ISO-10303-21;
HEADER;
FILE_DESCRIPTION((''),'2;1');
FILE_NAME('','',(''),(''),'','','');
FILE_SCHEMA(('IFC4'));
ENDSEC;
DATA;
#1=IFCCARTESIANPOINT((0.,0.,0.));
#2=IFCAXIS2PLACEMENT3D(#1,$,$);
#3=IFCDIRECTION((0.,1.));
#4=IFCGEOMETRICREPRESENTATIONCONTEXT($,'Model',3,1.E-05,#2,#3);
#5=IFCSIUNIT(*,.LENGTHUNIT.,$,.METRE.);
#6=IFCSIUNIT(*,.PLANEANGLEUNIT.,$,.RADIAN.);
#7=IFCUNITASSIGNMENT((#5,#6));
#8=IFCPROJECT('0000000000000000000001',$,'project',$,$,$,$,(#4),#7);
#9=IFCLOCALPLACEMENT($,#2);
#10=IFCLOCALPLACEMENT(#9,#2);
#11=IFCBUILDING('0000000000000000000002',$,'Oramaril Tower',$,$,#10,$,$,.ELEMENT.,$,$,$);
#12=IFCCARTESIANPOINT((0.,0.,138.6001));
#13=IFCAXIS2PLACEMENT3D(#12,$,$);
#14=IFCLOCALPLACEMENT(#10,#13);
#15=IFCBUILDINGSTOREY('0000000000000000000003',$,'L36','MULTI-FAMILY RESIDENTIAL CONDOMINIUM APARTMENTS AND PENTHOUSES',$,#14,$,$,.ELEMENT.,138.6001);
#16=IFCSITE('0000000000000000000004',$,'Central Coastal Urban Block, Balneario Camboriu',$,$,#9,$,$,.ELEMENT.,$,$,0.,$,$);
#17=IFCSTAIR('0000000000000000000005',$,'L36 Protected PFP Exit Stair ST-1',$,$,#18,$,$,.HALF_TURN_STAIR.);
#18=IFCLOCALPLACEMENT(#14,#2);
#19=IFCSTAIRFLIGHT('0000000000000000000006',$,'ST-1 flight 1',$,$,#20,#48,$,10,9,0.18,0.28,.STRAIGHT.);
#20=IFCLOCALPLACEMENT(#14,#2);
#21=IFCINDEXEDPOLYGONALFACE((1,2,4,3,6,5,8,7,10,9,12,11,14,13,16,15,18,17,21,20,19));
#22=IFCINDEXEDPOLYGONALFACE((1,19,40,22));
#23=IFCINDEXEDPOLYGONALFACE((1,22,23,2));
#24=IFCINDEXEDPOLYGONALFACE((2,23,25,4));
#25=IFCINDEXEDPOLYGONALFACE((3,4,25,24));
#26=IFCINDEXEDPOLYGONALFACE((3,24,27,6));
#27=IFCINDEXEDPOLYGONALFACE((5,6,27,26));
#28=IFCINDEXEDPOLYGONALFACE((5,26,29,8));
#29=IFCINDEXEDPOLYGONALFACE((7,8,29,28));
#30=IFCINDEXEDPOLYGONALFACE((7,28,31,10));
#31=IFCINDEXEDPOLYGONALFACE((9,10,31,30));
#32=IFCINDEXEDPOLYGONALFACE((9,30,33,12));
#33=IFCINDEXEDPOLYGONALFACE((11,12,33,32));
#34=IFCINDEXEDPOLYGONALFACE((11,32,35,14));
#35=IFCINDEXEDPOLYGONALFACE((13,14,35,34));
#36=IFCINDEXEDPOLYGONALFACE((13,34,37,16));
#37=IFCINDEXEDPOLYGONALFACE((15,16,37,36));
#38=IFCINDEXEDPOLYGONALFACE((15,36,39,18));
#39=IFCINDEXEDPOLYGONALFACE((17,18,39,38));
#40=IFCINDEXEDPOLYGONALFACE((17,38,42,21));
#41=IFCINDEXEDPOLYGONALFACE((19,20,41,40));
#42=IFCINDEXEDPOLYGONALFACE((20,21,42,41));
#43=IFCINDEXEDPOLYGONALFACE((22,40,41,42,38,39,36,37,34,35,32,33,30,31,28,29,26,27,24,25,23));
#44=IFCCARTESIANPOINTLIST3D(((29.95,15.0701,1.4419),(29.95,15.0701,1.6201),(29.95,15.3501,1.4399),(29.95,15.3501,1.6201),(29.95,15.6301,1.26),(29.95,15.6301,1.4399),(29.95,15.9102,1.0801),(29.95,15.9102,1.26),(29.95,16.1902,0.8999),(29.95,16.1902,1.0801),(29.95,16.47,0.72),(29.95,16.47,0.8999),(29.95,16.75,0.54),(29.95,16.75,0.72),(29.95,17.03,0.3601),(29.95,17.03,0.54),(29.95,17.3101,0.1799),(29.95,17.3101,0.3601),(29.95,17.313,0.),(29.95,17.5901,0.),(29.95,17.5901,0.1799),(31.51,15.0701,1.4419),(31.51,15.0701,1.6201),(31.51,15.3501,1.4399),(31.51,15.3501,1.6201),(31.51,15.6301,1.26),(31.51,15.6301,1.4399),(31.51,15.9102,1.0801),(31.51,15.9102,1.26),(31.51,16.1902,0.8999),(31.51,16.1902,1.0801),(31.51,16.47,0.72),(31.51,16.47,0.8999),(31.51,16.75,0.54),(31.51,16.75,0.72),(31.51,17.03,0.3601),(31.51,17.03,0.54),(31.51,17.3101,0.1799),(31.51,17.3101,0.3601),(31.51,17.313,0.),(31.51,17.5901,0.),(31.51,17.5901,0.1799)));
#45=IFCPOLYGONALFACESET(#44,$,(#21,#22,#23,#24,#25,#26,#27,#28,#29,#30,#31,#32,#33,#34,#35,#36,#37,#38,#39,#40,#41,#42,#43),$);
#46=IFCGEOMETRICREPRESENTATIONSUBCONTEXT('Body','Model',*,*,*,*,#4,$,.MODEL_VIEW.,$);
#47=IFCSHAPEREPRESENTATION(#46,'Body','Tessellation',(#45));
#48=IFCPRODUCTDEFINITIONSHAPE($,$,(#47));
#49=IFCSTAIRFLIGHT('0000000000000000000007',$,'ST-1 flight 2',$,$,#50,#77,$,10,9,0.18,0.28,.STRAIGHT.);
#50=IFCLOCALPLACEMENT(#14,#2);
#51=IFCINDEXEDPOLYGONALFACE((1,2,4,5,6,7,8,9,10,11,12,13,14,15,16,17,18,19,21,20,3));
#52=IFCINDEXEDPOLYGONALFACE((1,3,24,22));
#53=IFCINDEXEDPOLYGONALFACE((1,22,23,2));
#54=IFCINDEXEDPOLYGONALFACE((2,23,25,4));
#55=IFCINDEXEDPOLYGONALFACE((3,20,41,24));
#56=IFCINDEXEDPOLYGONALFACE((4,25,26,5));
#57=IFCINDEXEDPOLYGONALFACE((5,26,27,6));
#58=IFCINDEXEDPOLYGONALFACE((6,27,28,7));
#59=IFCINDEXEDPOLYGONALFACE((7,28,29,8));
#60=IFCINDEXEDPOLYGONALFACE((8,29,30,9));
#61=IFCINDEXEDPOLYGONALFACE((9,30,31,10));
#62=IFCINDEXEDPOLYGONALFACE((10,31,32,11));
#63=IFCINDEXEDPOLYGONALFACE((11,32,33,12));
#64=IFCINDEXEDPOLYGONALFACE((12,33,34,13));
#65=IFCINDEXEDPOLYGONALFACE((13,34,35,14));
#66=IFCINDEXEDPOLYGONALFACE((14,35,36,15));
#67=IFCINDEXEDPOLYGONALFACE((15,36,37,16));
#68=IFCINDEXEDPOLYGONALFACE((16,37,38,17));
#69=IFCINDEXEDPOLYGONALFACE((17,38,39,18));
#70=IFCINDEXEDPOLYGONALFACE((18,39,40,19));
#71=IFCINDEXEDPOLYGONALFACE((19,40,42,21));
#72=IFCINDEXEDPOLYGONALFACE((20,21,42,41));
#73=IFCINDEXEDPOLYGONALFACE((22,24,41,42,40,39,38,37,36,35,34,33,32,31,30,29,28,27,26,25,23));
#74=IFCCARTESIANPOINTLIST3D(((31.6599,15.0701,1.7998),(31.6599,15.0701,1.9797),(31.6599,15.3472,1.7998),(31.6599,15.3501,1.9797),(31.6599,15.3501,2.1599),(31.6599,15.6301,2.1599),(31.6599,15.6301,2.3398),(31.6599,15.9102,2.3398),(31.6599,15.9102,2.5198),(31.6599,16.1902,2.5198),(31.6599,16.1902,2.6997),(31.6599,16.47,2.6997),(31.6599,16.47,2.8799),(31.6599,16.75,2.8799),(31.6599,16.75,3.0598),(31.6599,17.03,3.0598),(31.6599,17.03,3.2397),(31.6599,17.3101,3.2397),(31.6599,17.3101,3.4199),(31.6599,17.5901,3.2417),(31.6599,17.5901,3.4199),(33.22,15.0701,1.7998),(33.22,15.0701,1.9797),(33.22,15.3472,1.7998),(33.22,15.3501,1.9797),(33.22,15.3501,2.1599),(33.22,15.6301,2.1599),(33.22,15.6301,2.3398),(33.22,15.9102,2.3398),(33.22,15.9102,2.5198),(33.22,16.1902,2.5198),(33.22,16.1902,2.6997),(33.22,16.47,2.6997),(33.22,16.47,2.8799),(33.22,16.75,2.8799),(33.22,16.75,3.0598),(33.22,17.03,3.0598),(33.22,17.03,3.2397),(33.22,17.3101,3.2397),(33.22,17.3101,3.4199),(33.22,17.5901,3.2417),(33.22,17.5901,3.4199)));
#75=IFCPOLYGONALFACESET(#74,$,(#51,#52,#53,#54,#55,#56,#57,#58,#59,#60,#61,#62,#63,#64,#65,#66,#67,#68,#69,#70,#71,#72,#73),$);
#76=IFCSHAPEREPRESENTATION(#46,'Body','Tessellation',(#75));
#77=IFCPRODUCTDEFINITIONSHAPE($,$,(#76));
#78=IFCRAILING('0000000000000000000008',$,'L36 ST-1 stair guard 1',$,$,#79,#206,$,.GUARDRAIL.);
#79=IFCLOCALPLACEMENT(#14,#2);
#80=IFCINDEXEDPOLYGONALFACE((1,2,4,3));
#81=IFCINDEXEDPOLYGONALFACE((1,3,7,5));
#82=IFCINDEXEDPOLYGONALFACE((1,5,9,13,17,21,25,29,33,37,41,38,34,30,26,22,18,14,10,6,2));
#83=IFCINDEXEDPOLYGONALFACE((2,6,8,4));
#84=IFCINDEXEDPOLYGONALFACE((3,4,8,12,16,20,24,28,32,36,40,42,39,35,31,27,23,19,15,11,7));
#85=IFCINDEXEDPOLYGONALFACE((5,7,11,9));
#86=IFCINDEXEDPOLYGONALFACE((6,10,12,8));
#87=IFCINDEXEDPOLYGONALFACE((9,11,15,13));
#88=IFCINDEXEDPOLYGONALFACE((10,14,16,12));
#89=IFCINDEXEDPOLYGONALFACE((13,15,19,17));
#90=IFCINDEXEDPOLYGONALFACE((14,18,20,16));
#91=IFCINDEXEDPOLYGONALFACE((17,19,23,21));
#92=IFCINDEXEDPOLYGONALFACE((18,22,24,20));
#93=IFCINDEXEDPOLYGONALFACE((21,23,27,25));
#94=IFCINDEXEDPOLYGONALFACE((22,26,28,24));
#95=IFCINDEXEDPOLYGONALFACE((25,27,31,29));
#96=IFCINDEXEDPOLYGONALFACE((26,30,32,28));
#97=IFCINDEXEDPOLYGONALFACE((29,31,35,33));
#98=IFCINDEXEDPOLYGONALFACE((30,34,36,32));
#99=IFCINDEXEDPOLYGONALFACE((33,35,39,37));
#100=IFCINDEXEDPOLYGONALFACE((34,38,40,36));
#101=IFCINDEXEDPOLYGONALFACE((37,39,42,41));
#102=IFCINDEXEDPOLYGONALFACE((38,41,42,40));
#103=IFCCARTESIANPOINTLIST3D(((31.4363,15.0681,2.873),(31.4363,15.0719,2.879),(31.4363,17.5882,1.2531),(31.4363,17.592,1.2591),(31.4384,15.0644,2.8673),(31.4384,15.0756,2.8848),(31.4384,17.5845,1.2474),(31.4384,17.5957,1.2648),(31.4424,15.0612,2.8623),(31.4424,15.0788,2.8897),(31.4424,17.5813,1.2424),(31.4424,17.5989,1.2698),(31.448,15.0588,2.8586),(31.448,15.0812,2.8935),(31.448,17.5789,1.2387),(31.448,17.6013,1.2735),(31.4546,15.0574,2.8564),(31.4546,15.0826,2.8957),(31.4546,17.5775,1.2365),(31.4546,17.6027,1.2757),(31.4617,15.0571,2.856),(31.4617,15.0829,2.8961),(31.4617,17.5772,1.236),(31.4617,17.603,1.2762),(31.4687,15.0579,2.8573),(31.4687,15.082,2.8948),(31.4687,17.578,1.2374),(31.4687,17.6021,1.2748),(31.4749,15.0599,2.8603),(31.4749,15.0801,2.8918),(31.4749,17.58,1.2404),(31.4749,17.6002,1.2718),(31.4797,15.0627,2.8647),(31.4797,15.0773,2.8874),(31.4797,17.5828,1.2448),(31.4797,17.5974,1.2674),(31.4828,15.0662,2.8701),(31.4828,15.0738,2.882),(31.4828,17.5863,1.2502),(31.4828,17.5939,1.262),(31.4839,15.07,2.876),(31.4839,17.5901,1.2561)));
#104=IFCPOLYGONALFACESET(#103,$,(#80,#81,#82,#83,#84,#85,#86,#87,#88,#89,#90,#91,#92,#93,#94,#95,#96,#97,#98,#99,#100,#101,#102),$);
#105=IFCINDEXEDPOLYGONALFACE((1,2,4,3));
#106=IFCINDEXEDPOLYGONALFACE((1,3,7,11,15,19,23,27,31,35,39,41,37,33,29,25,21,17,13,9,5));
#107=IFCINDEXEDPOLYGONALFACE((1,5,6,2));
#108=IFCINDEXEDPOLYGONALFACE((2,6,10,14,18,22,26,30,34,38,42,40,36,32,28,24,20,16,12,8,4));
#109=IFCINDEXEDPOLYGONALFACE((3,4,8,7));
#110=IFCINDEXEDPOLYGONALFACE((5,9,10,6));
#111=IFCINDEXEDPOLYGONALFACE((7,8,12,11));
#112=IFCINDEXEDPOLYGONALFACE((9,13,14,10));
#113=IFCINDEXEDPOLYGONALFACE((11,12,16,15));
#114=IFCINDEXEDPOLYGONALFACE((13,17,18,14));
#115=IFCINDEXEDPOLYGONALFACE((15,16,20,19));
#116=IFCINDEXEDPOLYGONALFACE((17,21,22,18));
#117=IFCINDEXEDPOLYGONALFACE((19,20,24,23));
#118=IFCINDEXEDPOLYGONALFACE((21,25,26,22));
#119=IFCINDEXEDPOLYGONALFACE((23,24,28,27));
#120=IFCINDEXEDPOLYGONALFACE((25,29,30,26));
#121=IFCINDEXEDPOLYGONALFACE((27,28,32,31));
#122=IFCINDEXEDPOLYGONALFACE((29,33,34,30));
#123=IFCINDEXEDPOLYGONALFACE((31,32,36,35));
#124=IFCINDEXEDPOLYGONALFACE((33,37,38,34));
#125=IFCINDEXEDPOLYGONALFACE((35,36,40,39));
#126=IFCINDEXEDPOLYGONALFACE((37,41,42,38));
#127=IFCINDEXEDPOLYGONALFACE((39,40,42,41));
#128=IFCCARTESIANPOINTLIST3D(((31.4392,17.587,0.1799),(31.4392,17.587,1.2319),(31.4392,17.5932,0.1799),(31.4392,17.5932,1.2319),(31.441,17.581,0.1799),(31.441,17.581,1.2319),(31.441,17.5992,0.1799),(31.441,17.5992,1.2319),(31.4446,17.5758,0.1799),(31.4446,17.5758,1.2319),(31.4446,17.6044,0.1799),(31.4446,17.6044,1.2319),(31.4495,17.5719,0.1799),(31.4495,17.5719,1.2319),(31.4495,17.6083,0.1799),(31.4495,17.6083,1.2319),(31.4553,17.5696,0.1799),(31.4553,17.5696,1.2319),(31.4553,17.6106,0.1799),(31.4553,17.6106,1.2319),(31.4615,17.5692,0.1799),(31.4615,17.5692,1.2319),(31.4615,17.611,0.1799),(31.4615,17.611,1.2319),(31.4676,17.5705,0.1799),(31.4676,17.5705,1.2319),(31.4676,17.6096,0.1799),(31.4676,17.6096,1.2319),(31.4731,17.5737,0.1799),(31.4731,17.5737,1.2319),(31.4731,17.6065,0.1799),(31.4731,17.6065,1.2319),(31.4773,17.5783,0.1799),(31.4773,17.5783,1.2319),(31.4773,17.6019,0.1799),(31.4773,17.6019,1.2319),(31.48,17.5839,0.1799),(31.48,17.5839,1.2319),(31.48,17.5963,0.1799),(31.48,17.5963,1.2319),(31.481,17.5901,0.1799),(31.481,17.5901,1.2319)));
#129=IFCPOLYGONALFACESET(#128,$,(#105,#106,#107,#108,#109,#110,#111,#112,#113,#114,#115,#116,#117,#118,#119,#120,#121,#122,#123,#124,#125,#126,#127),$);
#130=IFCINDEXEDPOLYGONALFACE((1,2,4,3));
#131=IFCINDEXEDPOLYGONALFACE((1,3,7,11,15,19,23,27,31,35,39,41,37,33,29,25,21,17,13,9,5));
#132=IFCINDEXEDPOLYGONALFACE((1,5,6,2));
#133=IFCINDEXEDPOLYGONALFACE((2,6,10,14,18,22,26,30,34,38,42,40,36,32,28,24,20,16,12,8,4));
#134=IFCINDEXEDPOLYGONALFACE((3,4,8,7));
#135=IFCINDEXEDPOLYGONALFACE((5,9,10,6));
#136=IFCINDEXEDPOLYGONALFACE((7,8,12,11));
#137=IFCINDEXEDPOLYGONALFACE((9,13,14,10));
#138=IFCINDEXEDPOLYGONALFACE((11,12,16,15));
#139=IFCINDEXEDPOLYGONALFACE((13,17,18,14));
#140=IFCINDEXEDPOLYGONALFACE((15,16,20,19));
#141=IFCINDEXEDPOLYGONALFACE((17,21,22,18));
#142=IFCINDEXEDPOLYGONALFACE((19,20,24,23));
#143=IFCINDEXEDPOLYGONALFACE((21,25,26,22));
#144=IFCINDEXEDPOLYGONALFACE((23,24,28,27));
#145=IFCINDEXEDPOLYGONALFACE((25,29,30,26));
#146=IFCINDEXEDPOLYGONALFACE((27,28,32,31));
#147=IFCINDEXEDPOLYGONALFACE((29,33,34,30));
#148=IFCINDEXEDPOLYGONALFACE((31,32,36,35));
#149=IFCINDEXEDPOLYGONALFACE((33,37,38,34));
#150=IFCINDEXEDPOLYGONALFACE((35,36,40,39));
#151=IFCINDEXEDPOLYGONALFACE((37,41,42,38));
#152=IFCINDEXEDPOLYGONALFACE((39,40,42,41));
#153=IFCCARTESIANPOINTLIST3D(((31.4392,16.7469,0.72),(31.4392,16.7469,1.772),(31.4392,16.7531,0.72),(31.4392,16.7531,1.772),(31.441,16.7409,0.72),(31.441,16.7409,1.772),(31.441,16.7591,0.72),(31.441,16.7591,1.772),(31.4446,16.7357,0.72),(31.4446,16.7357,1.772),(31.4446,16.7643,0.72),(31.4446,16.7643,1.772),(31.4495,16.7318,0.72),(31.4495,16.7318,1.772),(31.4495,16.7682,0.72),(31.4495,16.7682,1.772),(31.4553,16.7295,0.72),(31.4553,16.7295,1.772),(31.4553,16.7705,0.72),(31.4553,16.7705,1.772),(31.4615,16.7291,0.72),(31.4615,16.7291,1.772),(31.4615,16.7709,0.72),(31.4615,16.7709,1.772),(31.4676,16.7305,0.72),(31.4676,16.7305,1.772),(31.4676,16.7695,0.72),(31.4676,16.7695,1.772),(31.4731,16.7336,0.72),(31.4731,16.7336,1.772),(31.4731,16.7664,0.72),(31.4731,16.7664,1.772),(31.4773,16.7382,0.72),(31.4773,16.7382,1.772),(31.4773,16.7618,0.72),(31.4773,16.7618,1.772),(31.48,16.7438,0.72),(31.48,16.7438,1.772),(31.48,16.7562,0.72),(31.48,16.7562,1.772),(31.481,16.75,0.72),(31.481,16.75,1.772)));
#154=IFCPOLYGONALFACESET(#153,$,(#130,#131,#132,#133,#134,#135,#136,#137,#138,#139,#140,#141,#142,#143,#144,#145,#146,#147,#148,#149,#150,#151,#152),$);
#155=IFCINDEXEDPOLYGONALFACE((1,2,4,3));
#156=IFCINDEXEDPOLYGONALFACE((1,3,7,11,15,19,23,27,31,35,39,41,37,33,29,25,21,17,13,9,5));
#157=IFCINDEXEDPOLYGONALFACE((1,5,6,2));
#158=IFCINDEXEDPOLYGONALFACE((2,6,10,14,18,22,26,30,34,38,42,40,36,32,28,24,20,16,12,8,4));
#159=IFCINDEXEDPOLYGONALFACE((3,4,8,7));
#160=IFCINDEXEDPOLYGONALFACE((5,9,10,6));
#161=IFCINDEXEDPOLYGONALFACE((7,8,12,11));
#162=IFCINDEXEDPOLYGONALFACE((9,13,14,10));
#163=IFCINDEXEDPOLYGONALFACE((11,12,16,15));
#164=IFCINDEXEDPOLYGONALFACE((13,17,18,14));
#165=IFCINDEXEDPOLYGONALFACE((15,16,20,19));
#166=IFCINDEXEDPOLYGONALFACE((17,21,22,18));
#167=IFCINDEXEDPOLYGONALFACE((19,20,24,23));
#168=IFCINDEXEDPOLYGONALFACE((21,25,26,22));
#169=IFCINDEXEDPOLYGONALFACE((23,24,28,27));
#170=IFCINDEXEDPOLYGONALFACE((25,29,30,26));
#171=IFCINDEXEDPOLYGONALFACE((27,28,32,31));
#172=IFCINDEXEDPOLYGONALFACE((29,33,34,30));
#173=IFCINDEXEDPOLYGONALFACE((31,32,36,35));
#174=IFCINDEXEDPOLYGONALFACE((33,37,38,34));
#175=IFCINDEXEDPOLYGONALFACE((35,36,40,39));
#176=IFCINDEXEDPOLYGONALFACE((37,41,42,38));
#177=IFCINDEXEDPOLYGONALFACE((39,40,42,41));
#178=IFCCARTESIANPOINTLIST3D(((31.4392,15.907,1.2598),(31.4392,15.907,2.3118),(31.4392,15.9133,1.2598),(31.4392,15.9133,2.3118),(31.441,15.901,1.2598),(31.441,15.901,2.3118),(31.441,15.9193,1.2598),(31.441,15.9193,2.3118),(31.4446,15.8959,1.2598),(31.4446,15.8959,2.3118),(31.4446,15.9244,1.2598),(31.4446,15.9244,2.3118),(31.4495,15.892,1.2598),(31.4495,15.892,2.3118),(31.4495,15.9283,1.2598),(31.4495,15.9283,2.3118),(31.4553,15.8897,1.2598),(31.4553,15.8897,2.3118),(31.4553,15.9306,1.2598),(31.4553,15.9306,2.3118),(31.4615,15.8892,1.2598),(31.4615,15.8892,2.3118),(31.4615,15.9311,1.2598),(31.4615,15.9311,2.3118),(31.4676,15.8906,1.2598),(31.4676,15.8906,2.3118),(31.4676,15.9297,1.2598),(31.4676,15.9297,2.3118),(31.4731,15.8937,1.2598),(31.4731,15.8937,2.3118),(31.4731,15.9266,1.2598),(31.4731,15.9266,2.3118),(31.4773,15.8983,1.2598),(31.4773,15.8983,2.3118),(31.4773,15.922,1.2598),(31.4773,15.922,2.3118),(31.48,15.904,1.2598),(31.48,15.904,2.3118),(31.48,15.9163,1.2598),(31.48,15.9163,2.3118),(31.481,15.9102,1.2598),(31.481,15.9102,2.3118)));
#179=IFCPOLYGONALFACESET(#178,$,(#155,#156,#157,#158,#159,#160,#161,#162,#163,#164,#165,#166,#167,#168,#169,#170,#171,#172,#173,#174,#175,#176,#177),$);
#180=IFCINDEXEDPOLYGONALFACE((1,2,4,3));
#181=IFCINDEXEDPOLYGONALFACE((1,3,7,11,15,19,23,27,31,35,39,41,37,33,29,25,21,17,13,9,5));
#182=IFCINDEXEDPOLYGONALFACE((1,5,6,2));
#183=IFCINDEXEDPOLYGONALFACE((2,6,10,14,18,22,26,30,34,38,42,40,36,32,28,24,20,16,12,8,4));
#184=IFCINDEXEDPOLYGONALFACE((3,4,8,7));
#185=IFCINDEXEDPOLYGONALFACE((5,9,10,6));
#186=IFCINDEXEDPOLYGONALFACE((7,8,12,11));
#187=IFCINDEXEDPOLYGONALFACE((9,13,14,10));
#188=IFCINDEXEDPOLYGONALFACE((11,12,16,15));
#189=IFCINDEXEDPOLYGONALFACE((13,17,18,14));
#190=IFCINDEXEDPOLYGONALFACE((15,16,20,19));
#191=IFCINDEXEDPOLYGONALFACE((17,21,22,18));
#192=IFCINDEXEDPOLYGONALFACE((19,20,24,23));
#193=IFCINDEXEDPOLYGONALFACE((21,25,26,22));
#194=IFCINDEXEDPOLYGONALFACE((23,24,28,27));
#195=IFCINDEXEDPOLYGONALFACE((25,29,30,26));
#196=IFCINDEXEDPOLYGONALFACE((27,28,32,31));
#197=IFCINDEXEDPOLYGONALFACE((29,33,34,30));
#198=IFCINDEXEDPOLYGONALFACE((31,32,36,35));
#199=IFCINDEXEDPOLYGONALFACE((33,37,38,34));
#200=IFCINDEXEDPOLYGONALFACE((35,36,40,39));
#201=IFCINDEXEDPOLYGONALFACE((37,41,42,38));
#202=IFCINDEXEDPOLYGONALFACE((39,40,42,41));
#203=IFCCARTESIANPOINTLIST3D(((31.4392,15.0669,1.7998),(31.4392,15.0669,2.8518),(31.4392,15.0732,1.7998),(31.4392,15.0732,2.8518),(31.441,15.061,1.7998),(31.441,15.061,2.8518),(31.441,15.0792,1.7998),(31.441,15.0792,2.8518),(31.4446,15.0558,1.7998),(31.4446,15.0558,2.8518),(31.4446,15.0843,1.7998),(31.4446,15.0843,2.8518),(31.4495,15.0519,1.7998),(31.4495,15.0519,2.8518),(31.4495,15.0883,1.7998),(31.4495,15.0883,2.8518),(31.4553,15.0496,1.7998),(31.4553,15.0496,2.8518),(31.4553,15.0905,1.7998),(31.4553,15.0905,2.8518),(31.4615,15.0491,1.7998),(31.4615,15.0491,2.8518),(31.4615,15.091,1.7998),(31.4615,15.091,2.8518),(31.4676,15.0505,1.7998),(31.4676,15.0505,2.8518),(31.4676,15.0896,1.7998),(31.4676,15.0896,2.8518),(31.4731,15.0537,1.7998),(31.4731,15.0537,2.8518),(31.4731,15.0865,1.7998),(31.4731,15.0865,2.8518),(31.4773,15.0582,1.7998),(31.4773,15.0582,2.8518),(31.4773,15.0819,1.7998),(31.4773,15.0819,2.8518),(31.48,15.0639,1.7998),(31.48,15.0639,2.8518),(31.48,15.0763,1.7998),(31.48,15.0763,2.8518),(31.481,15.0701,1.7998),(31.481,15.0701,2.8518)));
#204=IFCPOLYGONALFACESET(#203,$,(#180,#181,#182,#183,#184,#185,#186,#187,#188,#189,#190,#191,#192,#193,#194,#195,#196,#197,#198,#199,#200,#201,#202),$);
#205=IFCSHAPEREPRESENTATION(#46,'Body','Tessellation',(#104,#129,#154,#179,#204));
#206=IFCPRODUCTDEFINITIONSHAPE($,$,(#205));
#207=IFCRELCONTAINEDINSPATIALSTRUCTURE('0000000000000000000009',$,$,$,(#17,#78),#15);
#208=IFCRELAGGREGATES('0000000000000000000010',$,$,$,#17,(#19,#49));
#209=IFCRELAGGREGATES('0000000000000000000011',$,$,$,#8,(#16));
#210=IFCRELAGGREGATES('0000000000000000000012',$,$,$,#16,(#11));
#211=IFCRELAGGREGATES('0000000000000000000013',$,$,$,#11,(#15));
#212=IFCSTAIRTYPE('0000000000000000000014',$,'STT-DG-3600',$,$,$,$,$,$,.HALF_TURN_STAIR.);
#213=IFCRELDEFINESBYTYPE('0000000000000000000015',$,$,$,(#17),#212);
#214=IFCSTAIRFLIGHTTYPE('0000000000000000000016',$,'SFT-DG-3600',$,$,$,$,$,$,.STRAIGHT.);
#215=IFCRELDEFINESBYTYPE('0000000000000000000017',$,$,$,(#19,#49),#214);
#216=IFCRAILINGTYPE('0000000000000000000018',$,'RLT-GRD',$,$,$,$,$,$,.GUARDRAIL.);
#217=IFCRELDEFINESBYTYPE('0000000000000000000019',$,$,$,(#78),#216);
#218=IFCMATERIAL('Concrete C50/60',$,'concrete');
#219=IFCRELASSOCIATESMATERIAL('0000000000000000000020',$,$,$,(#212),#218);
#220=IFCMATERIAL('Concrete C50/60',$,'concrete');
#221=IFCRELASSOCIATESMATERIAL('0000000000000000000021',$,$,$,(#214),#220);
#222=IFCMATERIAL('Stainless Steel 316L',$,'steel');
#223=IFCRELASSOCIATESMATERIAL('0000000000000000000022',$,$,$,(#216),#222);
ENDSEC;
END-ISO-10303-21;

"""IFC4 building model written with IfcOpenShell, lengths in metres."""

from ifc_helpers import new_model, si_unit, direction, frame, origin, origin_2d, place, context, subcontext, project, spatial, polyline, circle, outline, extrude, material, type_object, element, aggregate, save


model = new_model("IFC4")

# Units and contexts
model_context = context("Model", 3, precision=1e-05, world=origin(), true_north=direction((0.0, 1.0)))
body_context = subcontext(model_context, "Body", "Model", "MODEL_VIEW")
ifc_project = project(units=[si_unit("LENGTHUNIT", "METRE"), si_unit("PLANEANGLEUNIT", "RADIAN")], contexts=[model_context])

# Site, building, storey
site_placement = place(None, origin())
site = spatial("IfcSite", under=ifc_project, at=site_placement, Name="Central Coastal Urban Block, Balneario Camboriu", CompositionType="ELEMENT", RefElevation=0.0)
building_placement = place(site_placement, origin())
building = spatial("IfcBuilding", under=site, at=building_placement, Name="Oramaril Tower", CompositionType="ELEMENT")
storey_placement = place(building_placement, frame((0.0, 0.0, 138.6001)))
storey = spatial("IfcBuildingStorey", under=building, at=storey_placement, Name="L36", Description="MULTI-FAMILY RESIDENTIAL CONDOMINIUM APARTMENTS AND PENTHOUSES", CompositionType="ELEMENT", Elevation=138.6001)

# Stair, stair flights
ifc_material_1 = material(Name="Concrete C50/60", Category="concrete")
stair_type = type_object("IfcStairType", Name="STT-DG-3600", PredefinedType="HALF_TURN_STAIR", material=ifc_material_1)
stair_placement = place(storey_placement, origin())
stair = element("IfcStair", 1, at=stair_placement, inside=storey, type_object=stair_type, Name="L36 Protected PFP Exit Stair ST-1", PredefinedType="HALF_TURN_STAIR")
ifc_material_2 = material(Name="Concrete C50/60", Category="concrete")
stair_flight_type = type_object("IfcStairFlightType", Name="SFT-DG-3600", PredefinedType="STRAIGHT", material=ifc_material_2)
stair_flight_1_placement = place(storey_placement, frame((30.73, 17.5901, 0.0), z_axis=(0.0, 0.0, 1.0), x_axis=(0.0, -1.0, 0.0)))
stair_flight_1 = element("IfcStairFlight", 2, at=stair_flight_1_placement, type_object=stair_flight_type, Name="ST-1 flight 1", NumberOfRisers=10, NumberOfTreads=9, PredefinedType="STRAIGHT", RiserHeight=0.18, TreadLength=0.28, context=body_context, shape_type="SweptSolid", body=[
    extrude(outline(polyline([(0.0, 0.0), (0.0, 0.1799), (0.28, 0.1799), (0.28, 0.3601), (0.5601, 0.3601), (0.5601, 0.54), (0.8401, 0.54), (0.8401, 0.72), (1.1201, 0.72), (1.1201, 0.8999), (1.3999, 0.8999), (1.3999, 1.0801), (1.6799, 1.0801), (1.6799, 1.26), (1.96, 1.26), (1.96, 1.4399), (2.24, 1.4399), (2.24, 1.6201), (2.52, 1.6201), (2.52, 1.8), (2.52, 1.4419), (0.2771, 0.0), (0.0, 0.0)])), frame((0.0, 0.78, 0.0), z_axis=(0.0, -1.0, 0.0), x_axis=(1.0, 0.0, 0.0)), (0.0, 0.0, 1.0), 1.5601),
])
stair_flight_2_placement = place(storey_placement, frame((32.4399, 15.0701, 1.7998), z_axis=(0.0, 0.0, 1.0), x_axis=(0.0, 1.0, 0.0)))
stair_flight_2 = element("IfcStairFlight", 3, at=stair_flight_2_placement, type_object=stair_flight_type, Name="ST-1 flight 2", NumberOfRisers=10, NumberOfTreads=9, PredefinedType="STRAIGHT", RiserHeight=0.18, TreadLength=0.28, context=body_context, shape_type="SweptSolid", body=[
    extrude(outline(polyline([(0.0, 0.0), (0.0, 0.1799), (0.28, 0.1799), (0.28, 0.3601), (0.5601, 0.3601), (0.5601, 0.54), (0.8401, 0.54), (0.8401, 0.72), (1.1201, 0.72), (1.1201, 0.8999), (1.3999, 0.8999), (1.3999, 1.0801), (1.6799, 1.0801), (1.6799, 1.26), (1.96, 1.26), (1.96, 1.4399), (2.24, 1.4399), (2.24, 1.6201), (2.52, 1.6201), (2.52, 1.8), (2.52, 1.4419), (0.2771, 0.0), (0.0, 0.0)])), frame((0.0, 0.78, 0.0), z_axis=(0.0, -1.0, 0.0), x_axis=(1.0, 0.0, 0.0)), (0.0, 0.0, 1.0), 1.5601),
])
aggregate(stair, [stair_flight_1, stair_flight_2])

# Railing
ifc_material_3 = material(Name="Stainless Steel 316L", Category="steel")
railing_type_1 = type_object("IfcRailingType", Name="RLT-GRD", PredefinedType="GUARDRAIL", material=ifc_material_3)
railing_1_placement = place(storey_placement, frame((31.46, 17.5901, 0.1799)))
element("IfcRailing", 4, at=railing_1_placement, inside=storey, type_object=railing_type_1, Name="L36 ST-1 stair guard 1", PredefinedType="GUARDRAIL", context=body_context, shape_type="SweptSolid", body=[
    extrude(circle(Radius=0.0239, at=origin_2d()), frame((0.0, 0.0, 1.0762), z_axis=(0.0, -0.8412, 0.540725), x_axis=(1.0, 0.0, 0.0)), (0.0, 0.0, 1.0), 2.9958),
    extrude(circle(Radius=0.021, at=origin_2d()), origin(), (0.0, 0.0, 1.0), 1.052),
    extrude(circle(Radius=0.021, at=origin_2d()), frame((0.0, -0.8401, 0.54)), (0.0, 0.0, 1.0), 1.052),
    extrude(circle(Radius=0.021, at=origin_2d()), frame((0.0, -1.6799, 1.0798)), (0.0, 0.0, 1.0), 1.052),
    extrude(circle(Radius=0.021, at=origin_2d()), frame((0.0, -2.52, 1.6199)), (0.0, 0.0, 1.0), 1.052),
])

save(model, "model.ifc")
